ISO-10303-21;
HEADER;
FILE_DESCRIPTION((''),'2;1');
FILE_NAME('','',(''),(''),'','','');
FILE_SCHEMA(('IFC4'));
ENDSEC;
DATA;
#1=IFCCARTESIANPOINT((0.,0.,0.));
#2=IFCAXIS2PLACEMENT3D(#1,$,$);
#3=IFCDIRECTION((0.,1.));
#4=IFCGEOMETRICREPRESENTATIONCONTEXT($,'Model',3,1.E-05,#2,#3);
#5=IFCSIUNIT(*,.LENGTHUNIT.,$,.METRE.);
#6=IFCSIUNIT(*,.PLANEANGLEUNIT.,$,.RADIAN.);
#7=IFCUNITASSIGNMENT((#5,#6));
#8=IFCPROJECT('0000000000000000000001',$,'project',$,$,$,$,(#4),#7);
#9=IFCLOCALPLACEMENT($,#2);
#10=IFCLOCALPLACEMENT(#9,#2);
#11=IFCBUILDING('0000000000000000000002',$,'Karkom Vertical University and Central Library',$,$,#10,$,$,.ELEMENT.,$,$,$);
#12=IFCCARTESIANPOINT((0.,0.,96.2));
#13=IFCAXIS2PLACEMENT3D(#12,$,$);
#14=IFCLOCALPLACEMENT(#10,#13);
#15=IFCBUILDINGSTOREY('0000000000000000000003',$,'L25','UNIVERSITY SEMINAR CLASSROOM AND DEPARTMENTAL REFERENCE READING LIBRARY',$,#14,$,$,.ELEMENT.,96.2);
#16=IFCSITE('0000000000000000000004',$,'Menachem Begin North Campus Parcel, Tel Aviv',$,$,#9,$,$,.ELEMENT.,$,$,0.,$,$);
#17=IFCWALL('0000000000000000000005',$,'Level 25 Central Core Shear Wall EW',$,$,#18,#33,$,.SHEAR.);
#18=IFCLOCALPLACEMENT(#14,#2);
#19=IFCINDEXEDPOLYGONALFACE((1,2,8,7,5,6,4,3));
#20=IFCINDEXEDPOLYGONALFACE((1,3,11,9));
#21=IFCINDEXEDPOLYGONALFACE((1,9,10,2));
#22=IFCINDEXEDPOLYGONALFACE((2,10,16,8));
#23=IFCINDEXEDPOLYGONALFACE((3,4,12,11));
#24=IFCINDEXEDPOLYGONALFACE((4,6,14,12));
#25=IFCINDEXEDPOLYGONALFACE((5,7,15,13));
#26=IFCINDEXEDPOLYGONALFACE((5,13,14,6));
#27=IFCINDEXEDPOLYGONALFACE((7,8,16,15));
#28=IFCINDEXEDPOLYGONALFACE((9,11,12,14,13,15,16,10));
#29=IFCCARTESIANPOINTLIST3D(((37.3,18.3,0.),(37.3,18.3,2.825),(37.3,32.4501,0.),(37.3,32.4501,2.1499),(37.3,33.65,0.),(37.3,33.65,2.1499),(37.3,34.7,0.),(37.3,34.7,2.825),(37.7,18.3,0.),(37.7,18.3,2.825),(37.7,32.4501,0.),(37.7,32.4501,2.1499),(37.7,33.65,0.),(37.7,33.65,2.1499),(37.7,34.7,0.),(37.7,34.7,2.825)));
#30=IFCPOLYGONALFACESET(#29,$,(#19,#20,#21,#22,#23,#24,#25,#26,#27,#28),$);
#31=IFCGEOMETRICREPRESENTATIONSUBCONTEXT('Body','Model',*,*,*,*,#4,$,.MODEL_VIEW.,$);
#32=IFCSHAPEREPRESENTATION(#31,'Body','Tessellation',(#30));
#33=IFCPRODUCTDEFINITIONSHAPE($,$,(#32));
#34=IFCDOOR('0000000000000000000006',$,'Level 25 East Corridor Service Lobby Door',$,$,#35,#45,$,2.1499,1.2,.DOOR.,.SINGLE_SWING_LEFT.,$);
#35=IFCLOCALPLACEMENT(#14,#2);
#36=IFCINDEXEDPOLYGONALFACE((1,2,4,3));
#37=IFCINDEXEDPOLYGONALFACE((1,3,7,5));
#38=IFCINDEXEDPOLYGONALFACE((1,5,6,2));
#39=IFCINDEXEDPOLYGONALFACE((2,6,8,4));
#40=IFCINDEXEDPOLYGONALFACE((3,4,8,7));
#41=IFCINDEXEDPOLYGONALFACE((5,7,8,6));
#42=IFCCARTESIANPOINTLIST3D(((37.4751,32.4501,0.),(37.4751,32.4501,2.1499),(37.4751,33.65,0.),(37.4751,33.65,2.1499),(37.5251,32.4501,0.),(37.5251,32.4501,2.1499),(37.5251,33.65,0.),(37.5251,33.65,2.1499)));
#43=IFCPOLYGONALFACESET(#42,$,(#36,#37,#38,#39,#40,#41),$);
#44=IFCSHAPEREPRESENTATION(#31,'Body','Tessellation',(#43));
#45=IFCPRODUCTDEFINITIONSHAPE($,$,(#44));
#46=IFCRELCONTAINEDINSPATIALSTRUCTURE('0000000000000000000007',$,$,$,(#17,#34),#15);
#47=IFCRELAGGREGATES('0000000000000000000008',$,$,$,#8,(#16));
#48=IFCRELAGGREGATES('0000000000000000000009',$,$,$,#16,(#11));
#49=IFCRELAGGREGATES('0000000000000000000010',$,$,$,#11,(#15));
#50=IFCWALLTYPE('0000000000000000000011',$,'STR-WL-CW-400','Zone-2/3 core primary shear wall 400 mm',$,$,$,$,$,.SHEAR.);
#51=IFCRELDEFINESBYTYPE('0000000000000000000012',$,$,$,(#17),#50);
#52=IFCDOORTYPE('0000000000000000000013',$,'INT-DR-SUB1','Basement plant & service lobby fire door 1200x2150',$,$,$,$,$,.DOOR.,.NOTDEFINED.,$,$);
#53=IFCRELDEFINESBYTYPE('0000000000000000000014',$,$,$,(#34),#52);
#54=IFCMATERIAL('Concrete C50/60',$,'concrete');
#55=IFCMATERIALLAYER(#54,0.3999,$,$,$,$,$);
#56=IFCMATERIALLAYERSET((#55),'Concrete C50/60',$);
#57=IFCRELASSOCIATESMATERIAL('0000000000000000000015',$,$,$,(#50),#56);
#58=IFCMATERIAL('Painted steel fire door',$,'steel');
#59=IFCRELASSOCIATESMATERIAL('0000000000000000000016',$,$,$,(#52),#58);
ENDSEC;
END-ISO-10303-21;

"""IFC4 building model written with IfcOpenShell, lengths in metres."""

from ifc_helpers import new_model, si_unit, direction, frame, frame_2d, origin, origin_with_axes, place, context, subcontext, project, spatial, rectangle, extrude, source, transform, mapped, material, layer, layer_set, type_object, element, fill, save


model = new_model("IFC4")

# Units and contexts
model_context = context("Model", 3, precision=1e-05, world=origin(), true_north=direction((0.0, 1.0)))
body_context = subcontext(model_context, "Body", "Model", "MODEL_VIEW")
ifc_project = project(units=[si_unit("LENGTHUNIT", "METRE"), si_unit("PLANEANGLEUNIT", "RADIAN")], contexts=[model_context])

# Site, building, storey
site_placement = place(None, origin())
site = spatial("IfcSite", under=ifc_project, at=site_placement, Name="Menachem Begin North Campus Parcel, Tel Aviv", CompositionType="ELEMENT", RefElevation=0.0)
building_placement = place(site_placement, origin())
building = spatial("IfcBuilding", under=site, at=building_placement, Name="Karkom Vertical University and Central Library", CompositionType="ELEMENT")
storey_placement = place(building_placement, frame((0.0, 0.0, 96.2)))
storey = spatial("IfcBuildingStorey", under=building, at=storey_placement, Name="L25", Description="UNIVERSITY SEMINAR CLASSROOM AND DEPARTMENTAL REFERENCE READING LIBRARY", CompositionType="ELEMENT", Elevation=96.2)

# Shared definitions
ifc_material_1 = material(Name="Concrete C50/60", Category="concrete")

# Wall, opening, door
ifc_layer_1 = layer(ifc_material_1, 0.3999)
ifc_layer_set_1 = layer_set([ifc_layer_1], Name="Concrete C50/60")
wall_type_1 = type_object("IfcWallType", Name="STR-WL-CW-400", Description="Zone-2/3 core primary shear wall 400 mm", PredefinedType="SHEAR", material=ifc_layer_set_1)
wall_1_placement = place(storey_placement, frame((37.5, 18.3, 0.0), z_axis=(0.0, 0.0, 1.0), x_axis=(0.0, 1.0, 0.0)))
wall_1 = element("IfcWall", 1, at=wall_1_placement, inside=storey, type_object=wall_type_1, Name="Level 25 Central Core Shear Wall EW", PredefinedType="SHEAR", context=body_context, shape_type="SweptSolid", body=[
    extrude(rectangle(XDim=16.3999, YDim=0.3999, at=frame_2d((8.2, 0.0))), origin(), (0.0, 0.0, 1.0), 2.825),
])
opening_placement = place(wall_1_placement, frame((14.1499, 0.0, 0.0)))
opening = element("IfcOpeningElement", 2, at=opening_placement, cuts=wall_1, PredefinedType="OPENING", context=body_context, shape_type="SweptSolid", body=[
    extrude(rectangle(XDim=1.2, YDim=2.1499, at=frame_2d((0.6001, 1.075))), frame((0.0, 0.21, 0.0), z_axis=(0.0, -1.0, 0.0), x_axis=(1.0, 0.0, 0.0)), (0.0, 0.0, 1.0), 0.4199),
])
ifc_material_2 = material(Name="Painted steel fire door", Category="steel")
door_type = type_object("IfcDoorType", Name="INT-DR-SUB1", Description="Basement plant & service lobby fire door 1200x2150", OperationType="NOTDEFINED", PredefinedType="DOOR", material=ifc_material_2)
shared_shape_1 = source(origin_with_axes(), body_context, "Body", "SweptSolid", [
    extrude(rectangle(XDim=1.2, YDim=2.1499, at=frame_2d((0.6001, 1.075))), frame((0.0, 0.0249, 0.0), z_axis=(0.0, -1.0, 0.0), x_axis=(1.0, 0.0, 0.0)), (0.0, 0.0, 1.0), 0.05),
])
door_placement = place(opening_placement, origin())
door = element("IfcDoor", 3, at=door_placement, inside=storey, type_object=door_type, Name="Level 25 East Corridor Service Lobby Door", OperationType="SINGLE_SWING_LEFT", OverallHeight=2.1499, OverallWidth=1.2, PredefinedType="DOOR", context=body_context, shape_type="MappedRepresentation", body=[
    mapped(shared_shape_1, transform((0.0, 0.0, 0.0), scale=1.0)),
])
fill(opening, door)

save(model, "model.ifc")
